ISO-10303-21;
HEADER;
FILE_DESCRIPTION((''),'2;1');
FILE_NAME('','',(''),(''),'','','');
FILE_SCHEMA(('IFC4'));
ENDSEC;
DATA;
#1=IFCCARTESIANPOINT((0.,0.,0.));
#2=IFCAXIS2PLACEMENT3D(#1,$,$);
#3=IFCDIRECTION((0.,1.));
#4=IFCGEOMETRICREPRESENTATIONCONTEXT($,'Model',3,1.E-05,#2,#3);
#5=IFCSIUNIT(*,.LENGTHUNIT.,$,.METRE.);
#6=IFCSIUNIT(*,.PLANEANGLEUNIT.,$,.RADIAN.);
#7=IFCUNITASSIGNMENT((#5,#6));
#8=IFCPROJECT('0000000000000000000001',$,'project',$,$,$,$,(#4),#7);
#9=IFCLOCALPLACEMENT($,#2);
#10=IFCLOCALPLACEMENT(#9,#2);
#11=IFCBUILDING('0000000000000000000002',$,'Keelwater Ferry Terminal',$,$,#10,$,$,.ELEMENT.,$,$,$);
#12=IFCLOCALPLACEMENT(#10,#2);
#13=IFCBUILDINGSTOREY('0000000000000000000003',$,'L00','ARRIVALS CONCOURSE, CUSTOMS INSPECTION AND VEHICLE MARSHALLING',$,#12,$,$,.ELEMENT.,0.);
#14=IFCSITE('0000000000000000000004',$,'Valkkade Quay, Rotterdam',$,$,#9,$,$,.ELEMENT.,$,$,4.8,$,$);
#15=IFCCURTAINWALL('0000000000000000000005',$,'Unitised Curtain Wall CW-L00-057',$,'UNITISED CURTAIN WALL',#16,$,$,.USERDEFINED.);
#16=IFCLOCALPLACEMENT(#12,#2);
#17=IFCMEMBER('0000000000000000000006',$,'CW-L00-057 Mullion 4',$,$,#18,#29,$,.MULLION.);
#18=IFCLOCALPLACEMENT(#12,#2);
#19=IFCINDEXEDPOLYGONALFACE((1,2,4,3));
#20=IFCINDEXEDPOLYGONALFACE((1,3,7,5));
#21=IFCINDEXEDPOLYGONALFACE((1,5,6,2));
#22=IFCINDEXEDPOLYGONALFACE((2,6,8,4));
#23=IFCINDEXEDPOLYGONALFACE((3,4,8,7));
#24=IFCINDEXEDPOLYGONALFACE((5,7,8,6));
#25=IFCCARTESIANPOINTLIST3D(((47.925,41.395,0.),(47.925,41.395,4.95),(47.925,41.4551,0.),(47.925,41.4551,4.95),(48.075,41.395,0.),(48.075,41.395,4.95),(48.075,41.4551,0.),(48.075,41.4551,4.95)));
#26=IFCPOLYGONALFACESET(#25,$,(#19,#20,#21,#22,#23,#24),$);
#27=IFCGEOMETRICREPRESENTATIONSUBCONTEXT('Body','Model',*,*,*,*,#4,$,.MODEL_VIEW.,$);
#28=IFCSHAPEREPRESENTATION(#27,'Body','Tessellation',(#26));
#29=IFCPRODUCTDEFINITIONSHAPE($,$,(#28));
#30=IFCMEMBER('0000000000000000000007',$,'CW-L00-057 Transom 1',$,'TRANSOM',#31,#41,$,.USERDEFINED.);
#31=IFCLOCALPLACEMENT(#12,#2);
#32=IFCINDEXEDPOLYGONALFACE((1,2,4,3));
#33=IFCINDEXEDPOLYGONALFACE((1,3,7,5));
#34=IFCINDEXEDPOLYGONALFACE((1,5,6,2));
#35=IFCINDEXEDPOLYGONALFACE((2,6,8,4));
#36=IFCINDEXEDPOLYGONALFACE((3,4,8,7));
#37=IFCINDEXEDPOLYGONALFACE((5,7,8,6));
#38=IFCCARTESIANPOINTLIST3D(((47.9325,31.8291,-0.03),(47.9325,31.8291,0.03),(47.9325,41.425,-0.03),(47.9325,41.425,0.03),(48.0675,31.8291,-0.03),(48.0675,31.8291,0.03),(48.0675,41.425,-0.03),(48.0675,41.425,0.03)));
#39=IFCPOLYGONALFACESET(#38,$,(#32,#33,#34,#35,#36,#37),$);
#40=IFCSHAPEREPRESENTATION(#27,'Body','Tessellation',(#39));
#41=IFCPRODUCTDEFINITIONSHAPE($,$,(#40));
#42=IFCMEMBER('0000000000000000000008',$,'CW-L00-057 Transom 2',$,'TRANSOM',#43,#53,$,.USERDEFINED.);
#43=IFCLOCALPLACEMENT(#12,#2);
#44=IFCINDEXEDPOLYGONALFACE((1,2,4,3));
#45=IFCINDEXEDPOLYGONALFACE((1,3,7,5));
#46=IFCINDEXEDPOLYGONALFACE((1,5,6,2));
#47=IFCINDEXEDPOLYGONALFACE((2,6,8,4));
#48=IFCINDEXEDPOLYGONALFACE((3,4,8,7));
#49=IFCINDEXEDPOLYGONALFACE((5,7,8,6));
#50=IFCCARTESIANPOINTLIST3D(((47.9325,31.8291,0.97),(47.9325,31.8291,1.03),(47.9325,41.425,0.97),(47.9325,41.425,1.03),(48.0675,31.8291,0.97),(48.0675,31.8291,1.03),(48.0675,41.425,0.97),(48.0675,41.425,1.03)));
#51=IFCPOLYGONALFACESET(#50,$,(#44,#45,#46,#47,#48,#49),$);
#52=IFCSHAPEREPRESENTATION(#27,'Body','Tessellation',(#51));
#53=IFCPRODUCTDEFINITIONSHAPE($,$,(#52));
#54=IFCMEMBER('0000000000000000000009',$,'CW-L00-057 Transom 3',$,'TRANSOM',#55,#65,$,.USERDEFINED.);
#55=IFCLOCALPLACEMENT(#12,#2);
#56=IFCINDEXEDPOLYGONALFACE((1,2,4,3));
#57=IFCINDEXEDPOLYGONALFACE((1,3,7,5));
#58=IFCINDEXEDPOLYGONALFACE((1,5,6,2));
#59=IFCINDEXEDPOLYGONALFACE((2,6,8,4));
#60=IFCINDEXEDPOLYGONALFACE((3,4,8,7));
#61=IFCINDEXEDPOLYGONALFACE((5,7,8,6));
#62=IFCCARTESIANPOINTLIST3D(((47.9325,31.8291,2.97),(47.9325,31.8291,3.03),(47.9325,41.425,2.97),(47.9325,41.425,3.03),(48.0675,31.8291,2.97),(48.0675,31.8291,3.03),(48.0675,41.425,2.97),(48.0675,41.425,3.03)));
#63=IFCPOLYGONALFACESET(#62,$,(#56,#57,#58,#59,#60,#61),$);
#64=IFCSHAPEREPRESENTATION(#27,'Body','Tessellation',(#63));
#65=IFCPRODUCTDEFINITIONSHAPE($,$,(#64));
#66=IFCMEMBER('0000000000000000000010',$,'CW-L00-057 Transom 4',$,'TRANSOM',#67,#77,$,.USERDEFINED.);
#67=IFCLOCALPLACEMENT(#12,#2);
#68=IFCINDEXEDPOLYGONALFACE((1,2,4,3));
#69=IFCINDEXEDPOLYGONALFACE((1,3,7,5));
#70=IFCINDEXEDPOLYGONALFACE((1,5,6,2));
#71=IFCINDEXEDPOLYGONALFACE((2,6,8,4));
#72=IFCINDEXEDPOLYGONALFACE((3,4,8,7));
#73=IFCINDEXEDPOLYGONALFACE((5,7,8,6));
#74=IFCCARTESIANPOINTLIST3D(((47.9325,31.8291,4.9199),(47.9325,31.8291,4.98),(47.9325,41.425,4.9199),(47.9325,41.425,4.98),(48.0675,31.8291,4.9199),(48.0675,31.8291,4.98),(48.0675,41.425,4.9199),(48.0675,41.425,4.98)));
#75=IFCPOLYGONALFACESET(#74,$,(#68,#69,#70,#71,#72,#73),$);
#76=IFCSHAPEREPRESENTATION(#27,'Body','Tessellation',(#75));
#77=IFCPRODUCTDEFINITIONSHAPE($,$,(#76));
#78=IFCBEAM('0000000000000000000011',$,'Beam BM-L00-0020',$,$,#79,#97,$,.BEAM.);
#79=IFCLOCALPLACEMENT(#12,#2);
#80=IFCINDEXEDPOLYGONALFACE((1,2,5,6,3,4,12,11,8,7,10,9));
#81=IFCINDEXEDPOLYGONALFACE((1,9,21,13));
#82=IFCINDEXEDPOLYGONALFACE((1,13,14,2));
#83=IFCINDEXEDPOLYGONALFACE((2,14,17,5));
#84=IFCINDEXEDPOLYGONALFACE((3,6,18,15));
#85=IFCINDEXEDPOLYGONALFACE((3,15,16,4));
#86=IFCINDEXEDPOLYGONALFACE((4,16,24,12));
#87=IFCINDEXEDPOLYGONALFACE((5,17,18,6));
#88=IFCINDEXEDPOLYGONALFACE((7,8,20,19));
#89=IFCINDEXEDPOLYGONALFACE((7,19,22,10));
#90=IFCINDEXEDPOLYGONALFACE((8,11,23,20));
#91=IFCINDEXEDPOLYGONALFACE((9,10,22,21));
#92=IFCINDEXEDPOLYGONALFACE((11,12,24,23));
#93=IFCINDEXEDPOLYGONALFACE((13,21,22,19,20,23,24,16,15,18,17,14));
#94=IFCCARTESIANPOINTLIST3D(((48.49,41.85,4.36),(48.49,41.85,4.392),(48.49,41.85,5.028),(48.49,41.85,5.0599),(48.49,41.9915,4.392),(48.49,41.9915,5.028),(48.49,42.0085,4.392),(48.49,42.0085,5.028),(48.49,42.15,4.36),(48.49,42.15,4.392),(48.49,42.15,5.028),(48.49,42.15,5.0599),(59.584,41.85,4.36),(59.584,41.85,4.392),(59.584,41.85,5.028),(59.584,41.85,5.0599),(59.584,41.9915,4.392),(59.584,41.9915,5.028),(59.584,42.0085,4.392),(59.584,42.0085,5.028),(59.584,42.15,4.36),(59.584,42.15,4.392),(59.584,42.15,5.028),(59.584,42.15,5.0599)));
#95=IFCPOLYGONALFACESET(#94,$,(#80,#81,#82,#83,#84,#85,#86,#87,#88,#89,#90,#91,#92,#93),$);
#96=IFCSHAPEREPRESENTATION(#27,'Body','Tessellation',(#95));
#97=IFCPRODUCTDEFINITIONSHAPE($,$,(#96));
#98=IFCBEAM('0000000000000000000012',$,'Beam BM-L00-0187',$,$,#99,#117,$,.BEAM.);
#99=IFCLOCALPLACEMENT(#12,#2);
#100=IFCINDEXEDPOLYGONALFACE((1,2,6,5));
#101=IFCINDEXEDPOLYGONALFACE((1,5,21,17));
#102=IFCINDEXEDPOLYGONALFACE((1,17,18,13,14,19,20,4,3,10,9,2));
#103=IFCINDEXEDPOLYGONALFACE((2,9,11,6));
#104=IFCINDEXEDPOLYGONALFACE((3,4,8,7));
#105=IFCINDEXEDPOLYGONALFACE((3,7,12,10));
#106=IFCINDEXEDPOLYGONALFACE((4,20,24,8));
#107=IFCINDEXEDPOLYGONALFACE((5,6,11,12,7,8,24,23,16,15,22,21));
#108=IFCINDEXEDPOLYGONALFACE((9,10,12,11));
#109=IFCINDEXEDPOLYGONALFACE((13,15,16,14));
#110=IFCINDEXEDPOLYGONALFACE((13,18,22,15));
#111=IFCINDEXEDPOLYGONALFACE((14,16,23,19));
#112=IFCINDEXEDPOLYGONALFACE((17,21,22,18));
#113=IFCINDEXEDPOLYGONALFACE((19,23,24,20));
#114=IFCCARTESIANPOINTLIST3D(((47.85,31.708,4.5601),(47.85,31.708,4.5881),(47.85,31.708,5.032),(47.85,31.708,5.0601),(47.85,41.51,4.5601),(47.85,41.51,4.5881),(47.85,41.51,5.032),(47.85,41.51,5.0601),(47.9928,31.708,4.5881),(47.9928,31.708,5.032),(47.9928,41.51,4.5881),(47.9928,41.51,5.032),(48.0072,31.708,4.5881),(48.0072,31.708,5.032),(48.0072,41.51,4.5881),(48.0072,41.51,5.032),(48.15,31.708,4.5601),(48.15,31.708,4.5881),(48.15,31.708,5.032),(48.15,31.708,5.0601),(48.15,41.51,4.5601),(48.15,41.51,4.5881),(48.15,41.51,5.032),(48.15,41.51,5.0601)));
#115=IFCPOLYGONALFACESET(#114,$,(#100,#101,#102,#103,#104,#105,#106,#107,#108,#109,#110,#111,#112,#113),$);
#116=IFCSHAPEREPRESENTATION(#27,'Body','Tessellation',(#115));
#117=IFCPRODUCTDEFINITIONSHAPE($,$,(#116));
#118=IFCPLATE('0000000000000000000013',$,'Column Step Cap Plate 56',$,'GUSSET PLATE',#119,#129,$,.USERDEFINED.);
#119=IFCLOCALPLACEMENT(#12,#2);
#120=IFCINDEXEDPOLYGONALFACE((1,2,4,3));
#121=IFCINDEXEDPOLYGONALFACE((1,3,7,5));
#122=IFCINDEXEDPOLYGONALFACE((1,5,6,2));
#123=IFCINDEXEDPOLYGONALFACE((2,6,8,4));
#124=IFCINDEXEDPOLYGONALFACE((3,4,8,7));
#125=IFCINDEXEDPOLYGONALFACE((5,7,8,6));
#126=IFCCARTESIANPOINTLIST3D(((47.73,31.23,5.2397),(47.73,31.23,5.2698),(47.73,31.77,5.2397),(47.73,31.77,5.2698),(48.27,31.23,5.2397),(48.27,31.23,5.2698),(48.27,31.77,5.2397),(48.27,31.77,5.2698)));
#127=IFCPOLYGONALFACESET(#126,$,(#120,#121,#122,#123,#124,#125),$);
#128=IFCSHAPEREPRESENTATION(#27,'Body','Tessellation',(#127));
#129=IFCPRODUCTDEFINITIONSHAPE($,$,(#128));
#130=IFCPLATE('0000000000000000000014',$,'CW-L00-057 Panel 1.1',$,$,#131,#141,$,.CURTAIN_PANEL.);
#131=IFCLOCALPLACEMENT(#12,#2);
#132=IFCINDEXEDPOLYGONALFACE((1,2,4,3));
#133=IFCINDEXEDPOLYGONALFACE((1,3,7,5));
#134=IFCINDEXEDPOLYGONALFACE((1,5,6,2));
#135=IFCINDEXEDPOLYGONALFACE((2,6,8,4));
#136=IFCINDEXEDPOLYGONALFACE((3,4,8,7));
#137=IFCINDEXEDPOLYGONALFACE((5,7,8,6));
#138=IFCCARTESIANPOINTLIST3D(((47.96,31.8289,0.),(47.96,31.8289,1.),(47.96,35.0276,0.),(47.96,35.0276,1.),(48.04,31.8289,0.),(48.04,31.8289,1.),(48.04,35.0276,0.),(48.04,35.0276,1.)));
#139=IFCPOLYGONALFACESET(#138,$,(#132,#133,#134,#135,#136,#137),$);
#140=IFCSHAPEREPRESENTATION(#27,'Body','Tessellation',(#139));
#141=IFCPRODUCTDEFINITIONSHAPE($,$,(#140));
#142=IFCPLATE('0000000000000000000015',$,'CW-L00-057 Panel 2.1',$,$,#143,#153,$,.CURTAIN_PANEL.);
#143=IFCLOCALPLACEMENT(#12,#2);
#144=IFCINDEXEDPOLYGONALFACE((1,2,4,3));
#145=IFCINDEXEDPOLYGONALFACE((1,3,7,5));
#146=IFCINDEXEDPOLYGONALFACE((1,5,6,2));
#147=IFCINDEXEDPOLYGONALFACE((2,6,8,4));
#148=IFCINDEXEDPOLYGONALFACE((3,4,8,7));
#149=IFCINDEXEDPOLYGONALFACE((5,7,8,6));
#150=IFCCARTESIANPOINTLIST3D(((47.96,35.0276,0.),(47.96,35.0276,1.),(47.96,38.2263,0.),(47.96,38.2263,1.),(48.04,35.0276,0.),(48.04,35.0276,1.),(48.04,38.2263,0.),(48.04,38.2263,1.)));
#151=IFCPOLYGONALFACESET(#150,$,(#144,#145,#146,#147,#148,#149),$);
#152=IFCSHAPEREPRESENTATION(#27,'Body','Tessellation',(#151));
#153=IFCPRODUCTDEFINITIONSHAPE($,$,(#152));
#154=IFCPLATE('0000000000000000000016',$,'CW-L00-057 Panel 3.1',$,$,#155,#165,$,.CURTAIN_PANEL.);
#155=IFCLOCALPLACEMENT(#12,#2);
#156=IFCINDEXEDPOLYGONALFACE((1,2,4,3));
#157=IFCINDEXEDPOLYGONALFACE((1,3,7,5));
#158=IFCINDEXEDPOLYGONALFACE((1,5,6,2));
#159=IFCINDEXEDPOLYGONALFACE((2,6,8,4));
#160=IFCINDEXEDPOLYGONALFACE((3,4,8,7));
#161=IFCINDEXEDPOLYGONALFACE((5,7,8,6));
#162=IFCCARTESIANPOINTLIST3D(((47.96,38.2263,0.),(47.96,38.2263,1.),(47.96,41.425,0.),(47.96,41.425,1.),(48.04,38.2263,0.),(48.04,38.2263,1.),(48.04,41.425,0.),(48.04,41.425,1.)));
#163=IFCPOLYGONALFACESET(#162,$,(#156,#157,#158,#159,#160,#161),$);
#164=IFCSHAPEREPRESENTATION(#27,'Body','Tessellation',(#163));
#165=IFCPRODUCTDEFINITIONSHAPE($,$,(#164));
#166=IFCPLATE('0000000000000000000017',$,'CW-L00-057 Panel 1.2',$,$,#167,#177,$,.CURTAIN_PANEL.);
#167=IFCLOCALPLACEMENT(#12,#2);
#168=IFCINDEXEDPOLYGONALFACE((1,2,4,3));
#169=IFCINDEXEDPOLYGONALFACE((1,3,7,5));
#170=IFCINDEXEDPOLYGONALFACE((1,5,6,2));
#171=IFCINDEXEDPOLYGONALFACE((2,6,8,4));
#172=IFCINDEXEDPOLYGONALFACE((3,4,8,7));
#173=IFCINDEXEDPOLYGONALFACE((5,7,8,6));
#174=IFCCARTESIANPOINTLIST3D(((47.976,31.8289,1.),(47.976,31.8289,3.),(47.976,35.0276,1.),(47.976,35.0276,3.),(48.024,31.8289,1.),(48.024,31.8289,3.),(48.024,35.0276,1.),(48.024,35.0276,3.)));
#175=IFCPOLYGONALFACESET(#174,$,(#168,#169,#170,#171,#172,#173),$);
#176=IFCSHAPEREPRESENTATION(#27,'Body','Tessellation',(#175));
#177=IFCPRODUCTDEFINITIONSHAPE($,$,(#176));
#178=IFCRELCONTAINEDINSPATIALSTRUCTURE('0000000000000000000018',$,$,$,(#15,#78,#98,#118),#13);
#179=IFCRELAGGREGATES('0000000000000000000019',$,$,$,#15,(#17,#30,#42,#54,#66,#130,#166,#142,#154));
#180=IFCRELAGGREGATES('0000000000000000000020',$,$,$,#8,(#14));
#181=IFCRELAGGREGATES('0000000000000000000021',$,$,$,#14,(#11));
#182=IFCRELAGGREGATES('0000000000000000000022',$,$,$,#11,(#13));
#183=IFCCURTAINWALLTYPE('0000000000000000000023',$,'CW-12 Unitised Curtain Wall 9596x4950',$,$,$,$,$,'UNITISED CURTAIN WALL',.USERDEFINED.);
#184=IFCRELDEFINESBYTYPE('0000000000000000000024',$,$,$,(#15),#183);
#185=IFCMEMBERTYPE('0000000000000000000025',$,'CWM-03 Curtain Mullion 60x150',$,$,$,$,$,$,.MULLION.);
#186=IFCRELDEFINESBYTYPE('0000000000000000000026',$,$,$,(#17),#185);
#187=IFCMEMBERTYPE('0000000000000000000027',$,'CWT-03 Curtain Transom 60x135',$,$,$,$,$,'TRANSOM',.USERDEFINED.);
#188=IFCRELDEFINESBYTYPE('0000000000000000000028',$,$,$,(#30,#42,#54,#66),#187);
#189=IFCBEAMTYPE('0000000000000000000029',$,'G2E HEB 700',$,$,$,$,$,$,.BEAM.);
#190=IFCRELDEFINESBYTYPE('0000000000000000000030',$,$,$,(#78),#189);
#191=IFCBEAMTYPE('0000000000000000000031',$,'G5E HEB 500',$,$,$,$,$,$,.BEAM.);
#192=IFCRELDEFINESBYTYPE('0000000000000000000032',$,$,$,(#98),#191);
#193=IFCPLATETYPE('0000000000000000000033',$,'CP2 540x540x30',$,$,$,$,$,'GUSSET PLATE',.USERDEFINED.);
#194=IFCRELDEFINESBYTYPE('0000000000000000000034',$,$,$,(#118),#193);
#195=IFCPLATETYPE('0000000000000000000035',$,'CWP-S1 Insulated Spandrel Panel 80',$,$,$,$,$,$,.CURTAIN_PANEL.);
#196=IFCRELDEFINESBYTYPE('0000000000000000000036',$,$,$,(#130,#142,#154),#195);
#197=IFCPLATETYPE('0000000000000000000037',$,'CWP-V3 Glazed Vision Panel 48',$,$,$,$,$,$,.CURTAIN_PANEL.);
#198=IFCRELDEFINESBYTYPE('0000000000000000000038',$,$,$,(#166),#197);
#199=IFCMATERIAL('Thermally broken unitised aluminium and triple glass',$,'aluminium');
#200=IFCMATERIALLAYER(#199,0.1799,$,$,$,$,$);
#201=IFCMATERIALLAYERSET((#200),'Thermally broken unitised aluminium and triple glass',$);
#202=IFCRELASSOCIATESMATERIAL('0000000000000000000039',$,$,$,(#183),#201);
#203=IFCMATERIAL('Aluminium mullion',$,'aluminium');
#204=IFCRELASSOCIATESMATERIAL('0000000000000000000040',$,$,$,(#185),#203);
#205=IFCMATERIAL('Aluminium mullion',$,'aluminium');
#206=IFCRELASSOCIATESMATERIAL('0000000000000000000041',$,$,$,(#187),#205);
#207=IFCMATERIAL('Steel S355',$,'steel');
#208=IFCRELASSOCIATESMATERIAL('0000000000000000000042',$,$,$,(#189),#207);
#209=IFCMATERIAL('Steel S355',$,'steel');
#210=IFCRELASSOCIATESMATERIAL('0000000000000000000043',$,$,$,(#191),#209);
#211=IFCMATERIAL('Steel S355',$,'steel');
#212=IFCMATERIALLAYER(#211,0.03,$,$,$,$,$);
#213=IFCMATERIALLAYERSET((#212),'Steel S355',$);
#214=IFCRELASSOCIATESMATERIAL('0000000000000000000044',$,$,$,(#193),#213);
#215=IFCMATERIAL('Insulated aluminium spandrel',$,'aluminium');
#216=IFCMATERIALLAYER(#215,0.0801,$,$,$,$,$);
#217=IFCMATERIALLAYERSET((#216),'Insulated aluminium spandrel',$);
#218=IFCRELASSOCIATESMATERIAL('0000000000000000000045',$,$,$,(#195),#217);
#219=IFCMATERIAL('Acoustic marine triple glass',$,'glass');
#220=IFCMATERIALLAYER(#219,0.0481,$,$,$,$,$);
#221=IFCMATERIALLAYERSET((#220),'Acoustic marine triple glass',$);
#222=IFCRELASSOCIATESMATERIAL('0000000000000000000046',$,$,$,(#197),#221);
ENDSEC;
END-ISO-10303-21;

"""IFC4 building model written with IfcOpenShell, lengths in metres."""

from ifc_helpers import new_model, si_unit, direction, frame, origin, origin_2d, place, context, subcontext, project, spatial, rectangle, i_section, extrude, material, layer, layer_set, material_profile, profile_set, type_object, element, aggregate, save


model = new_model("IFC4")

# Units and contexts
model_context = context("Model", 3, precision=1e-05, world=origin(), true_north=direction((0.0, 1.0)))
body_context = subcontext(model_context, "Body", "Model", "MODEL_VIEW")
ifc_project = project(units=[si_unit("LENGTHUNIT", "METRE"), si_unit("PLANEANGLEUNIT", "RADIAN")], contexts=[model_context])

# Site, building, storey
site_placement = place(None, origin())
site = spatial("IfcSite", under=ifc_project, at=site_placement, Name="Valkkade Quay, Rotterdam", CompositionType="ELEMENT", RefElevation=4.8)
building_placement = place(site_placement, origin())
building = spatial("IfcBuilding", under=site, at=building_placement, Name="Keelwater Ferry Terminal", CompositionType="ELEMENT")
storey_placement = place(building_placement, origin())
storey = spatial("IfcBuildingStorey", under=building, at=storey_placement, Name="L00", Description="ARRIVALS CONCOURSE, CUSTOMS INSPECTION AND VEHICLE MARSHALLING", CompositionType="ELEMENT", Elevation=0.0)

# Curtain wall, members
ifc_material_1 = material(Name="Thermally broken unitised aluminium and triple glass", Category="aluminium")
ifc_layer_1 = layer(ifc_material_1, 0.1799)
ifc_layer_set_1 = layer_set([ifc_layer_1], Name="Thermally broken unitised aluminium and triple glass")
curtain_wall_type = type_object("IfcCurtainWallType", Name="CW-12 Unitised Curtain Wall 9596x4950", ElementType="UNITISED CURTAIN WALL", PredefinedType="USERDEFINED", material=ifc_layer_set_1)
curtain_wall_placement = place(storey_placement, origin())
curtain_wall = element("IfcCurtainWall", 1, at=curtain_wall_placement, inside=storey, type_object=curtain_wall_type, Name="Unitised Curtain Wall CW-L00-057", ObjectType="UNITISED CURTAIN WALL", PredefinedType="USERDEFINED")
ifc_material_2 = material(Name="Aluminium mullion", Category="aluminium")
ifc_material_profile_1 = material_profile(ifc_material_2, rectangle(XDim=0.0601, YDim=0.1499, at=origin_2d()), Name="CWM-03")
ifc_profile_set_1 = profile_set([ifc_material_profile_1], Name="Aluminium mullion")
member_type_1 = type_object("IfcMemberType", Name="CWM-03 Curtain Mullion 60x150", PredefinedType="MULLION", material=ifc_profile_set_1)
member_1_placement = place(storey_placement, frame((48.0, 41.425, 0.0), z_axis=(0.0, 0.0, 1.0), x_axis=(0.0, 1.0, 0.0)))
member_1 = element("IfcMember", 2, at=member_1_placement, type_object=member_type_1, Name="CW-L00-057 Mullion 4", PredefinedType="MULLION", context=body_context, shape_type="SweptSolid", body=[
    extrude(rectangle(XDim=0.0601, YDim=0.1499, at=origin_2d()), origin(), (0.0, 0.0, 1.0), 4.95),
])
ifc_material_3 = material(Name="Aluminium mullion", Category="aluminium")
ifc_material_profile_2 = material_profile(ifc_material_3, rectangle(XDim=0.135, YDim=0.0601, at=origin_2d()), Name="CWT-03")
ifc_profile_set_2 = profile_set([ifc_material_profile_2], Name="Aluminium mullion")
member_type_2 = type_object("IfcMemberType", Name="CWT-03 Curtain Transom 60x135", ElementType="TRANSOM", PredefinedType="USERDEFINED", material=ifc_profile_set_2)
member_2_placement = place(storey_placement, frame((48.0, 31.8291, 0.0), z_axis=(0.0, 1.0, 0.0), x_axis=(-1.0, 0.0, 0.0)))
member_2 = element("IfcMember", 3, at=member_2_placement, type_object=member_type_2, Name="CW-L00-057 Transom 1", ObjectType="TRANSOM", PredefinedType="USERDEFINED", context=body_context, shape_type="SweptSolid", body=[
    extrude(rectangle(XDim=0.135, YDim=0.0601, at=origin_2d()), origin(), (0.0, 0.0, 1.0), 9.5959),
])
member_3_placement = place(storey_placement, frame((48.0, 31.8291, 1.0), z_axis=(0.0, 1.0, 0.0), x_axis=(-1.0, 0.0, 0.0)))
member_3 = element("IfcMember", 4, at=member_3_placement, type_object=member_type_2, Name="CW-L00-057 Transom 2", ObjectType="TRANSOM", PredefinedType="USERDEFINED", context=body_context, shape_type="SweptSolid", body=[
    extrude(rectangle(XDim=0.135, YDim=0.0601, at=origin_2d()), origin(), (0.0, 0.0, 1.0), 9.5959),
])
member_4_placement = place(storey_placement, frame((48.0, 31.8291, 3.0), z_axis=(0.0, 1.0, 0.0), x_axis=(-1.0, 0.0, 0.0)))
member_4 = element("IfcMember", 5, at=member_4_placement, type_object=member_type_2, Name="CW-L00-057 Transom 3", ObjectType="TRANSOM", PredefinedType="USERDEFINED", context=body_context, shape_type="SweptSolid", body=[
    extrude(rectangle(XDim=0.135, YDim=0.0601, at=origin_2d()), origin(), (0.0, 0.0, 1.0), 9.5959),
])
member_5_placement = place(storey_placement, frame((48.0, 31.8291, 4.95), z_axis=(0.0, 1.0, 0.0), x_axis=(-1.0, 0.0, 0.0)))
member_5 = element("IfcMember", 6, at=member_5_placement, type_object=member_type_2, Name="CW-L00-057 Transom 4", ObjectType="TRANSOM", PredefinedType="USERDEFINED", context=body_context, shape_type="SweptSolid", body=[
    extrude(rectangle(XDim=0.135, YDim=0.0601, at=origin_2d()), origin(), (0.0, 0.0, 1.0), 9.5959),
])

# Beams
ifc_material_4 = material(Name="Steel S355", Category="steel")
ifc_material_profile_3 = material_profile(ifc_material_4, i_section(OverallWidth=0.3, OverallDepth=0.7, WebThickness=0.0171, FlangeThickness=0.032, at=origin_2d()), Name="HEB 700")
ifc_profile_set_3 = profile_set([ifc_material_profile_3], Name="Steel S355")
beam_type_1 = type_object("IfcBeamType", Name="G2E HEB 700", PredefinedType="BEAM", material=ifc_profile_set_3)
beam_1_placement = place(storey_placement, frame((48.49, 42.0, 4.71), z_axis=(1.0, 0.0, 0.0), x_axis=(0.0, 1.0, 0.0)))
element("IfcBeam", 7, at=beam_1_placement, inside=storey, type_object=beam_type_1, Name="Beam BM-L00-0020", PredefinedType="BEAM", context=body_context, shape_type="SweptSolid", body=[
    extrude(i_section(OverallWidth=0.3, OverallDepth=0.7, WebThickness=0.0171, FlangeThickness=0.032, at=origin_2d()), origin(), (0.0, 0.0, 1.0), 11.094),
])
ifc_material_5 = material(Name="Steel S355", Category="steel")
ifc_material_profile_4 = material_profile(ifc_material_5, i_section(OverallWidth=0.3, OverallDepth=0.5, WebThickness=0.0144, FlangeThickness=0.0281, at=origin_2d()), Name="HEB 500")
ifc_profile_set_4 = profile_set([ifc_material_profile_4], Name="Steel S355")
beam_type_2 = type_object("IfcBeamType", Name="G5E HEB 500", PredefinedType="BEAM", material=ifc_profile_set_4)
beam_2_placement = place(storey_placement, frame((48.0, 31.708, 4.8101), z_axis=(0.0, 1.0, 0.0), x_axis=(-1.0, 0.0, 0.0)))
element("IfcBeam", 8, at=beam_2_placement, inside=storey, type_object=beam_type_2, Name="Beam BM-L00-0187", PredefinedType="BEAM", context=body_context, shape_type="SweptSolid", body=[
    extrude(i_section(OverallWidth=0.3, OverallDepth=0.5, WebThickness=0.0144, FlangeThickness=0.0281, at=origin_2d()), origin(), (0.0, 0.0, 1.0), 9.802),
])

# Plates
ifc_material_6 = material(Name="Steel S355", Category="steel")
ifc_layer_2 = layer(ifc_material_6, 0.03)
ifc_layer_set_2 = layer_set([ifc_layer_2], Name="Steel S355")
plate_type_1 = type_object("IfcPlateType", Name="CP2 540x540x30", ElementType="GUSSET PLATE", PredefinedType="USERDEFINED", material=ifc_layer_set_2)
plate_1_placement = place(storey_placement, frame((48.0, 31.5, 5.2397), z_axis=(0.0, 0.0, 1.0), x_axis=(1.0, 0.0, 0.0)))
element("IfcPlate", 9, at=plate_1_placement, inside=storey, type_object=plate_type_1, Name="Column Step Cap Plate 56", ObjectType="GUSSET PLATE", PredefinedType="USERDEFINED", context=body_context, shape_type="SweptSolid", body=[
    extrude(rectangle(XDim=0.54, YDim=0.54, at=origin_2d()), origin(), (0.0, 0.0, 1.0), 0.03),
])
ifc_material_7 = material(Name="Insulated aluminium spandrel", Category="aluminium")
ifc_layer_3 = layer(ifc_material_7, 0.0801)
ifc_layer_set_3 = layer_set([ifc_layer_3], Name="Insulated aluminium spandrel")
plate_type_2 = type_object("IfcPlateType", Name="CWP-S1 Insulated Spandrel Panel 80", PredefinedType="CURTAIN_PANEL", material=ifc_layer_set_3)
plate_2_placement = place(storey_placement, frame((48.0, 33.4282, 0.0), z_axis=(0.0, 0.0, 1.0), x_axis=(0.0, 1.0, 0.0)))
plate_2 = element("IfcPlate", 10, at=plate_2_placement, type_object=plate_type_2, Name="CW-L00-057 Panel 1.1", PredefinedType="CURTAIN_PANEL", context=body_context, shape_type="SweptSolid", body=[
    extrude(rectangle(XDim=3.1987, YDim=0.0801, at=origin_2d()), origin(), (0.0, 0.0, 1.0), 1.0),
])
plate_3_placement = place(storey_placement, frame((48.0, 36.627, 0.0), z_axis=(0.0, 0.0, 1.0), x_axis=(0.0, 1.0, 0.0)))
plate_3 = element("IfcPlate", 11, at=plate_3_placement, type_object=plate_type_2, Name="CW-L00-057 Panel 2.1", PredefinedType="CURTAIN_PANEL", context=body_context, shape_type="SweptSolid", body=[
    extrude(rectangle(XDim=3.1987, YDim=0.0801, at=origin_2d()), origin(), (0.0, 0.0, 1.0), 1.0),
])
plate_4_placement = place(storey_placement, frame((48.0, 39.8257, 0.0), z_axis=(0.0, 0.0, 1.0), x_axis=(0.0, 1.0, 0.0)))
plate_4 = element("IfcPlate", 12, at=plate_4_placement, type_object=plate_type_2, Name="CW-L00-057 Panel 3.1", PredefinedType="CURTAIN_PANEL", context=body_context, shape_type="SweptSolid", body=[
    extrude(rectangle(XDim=3.1987, YDim=0.0801, at=origin_2d()), origin(), (0.0, 0.0, 1.0), 1.0),
])
ifc_material_8 = material(Name="Acoustic marine triple glass", Category="glass")
ifc_layer_4 = layer(ifc_material_8, 0.0481)
ifc_layer_set_4 = layer_set([ifc_layer_4], Name="Acoustic marine triple glass")
plate_type_3 = type_object("IfcPlateType", Name="CWP-V3 Glazed Vision Panel 48", PredefinedType="CURTAIN_PANEL", material=ifc_layer_set_4)
plate_5_placement = place(storey_placement, frame((48.0, 33.4282, 1.0), z_axis=(0.0, 0.0, 1.0), x_axis=(0.0, 1.0, 0.0)))
plate_5 = element("IfcPlate", 13, at=plate_5_placement, type_object=plate_type_3, Name="CW-L00-057 Panel 1.2", PredefinedType="CURTAIN_PANEL", context=body_context, shape_type="SweptSolid", body=[
    extrude(rectangle(XDim=3.1987, YDim=0.0481, at=origin_2d()), origin(), (0.0, 0.0, 1.0), 2.0),
])
aggregate(curtain_wall, [member_1, member_2, member_3, member_4, member_5, plate_2, plate_5, plate_3, plate_4])

save(model, "model.ifc")
